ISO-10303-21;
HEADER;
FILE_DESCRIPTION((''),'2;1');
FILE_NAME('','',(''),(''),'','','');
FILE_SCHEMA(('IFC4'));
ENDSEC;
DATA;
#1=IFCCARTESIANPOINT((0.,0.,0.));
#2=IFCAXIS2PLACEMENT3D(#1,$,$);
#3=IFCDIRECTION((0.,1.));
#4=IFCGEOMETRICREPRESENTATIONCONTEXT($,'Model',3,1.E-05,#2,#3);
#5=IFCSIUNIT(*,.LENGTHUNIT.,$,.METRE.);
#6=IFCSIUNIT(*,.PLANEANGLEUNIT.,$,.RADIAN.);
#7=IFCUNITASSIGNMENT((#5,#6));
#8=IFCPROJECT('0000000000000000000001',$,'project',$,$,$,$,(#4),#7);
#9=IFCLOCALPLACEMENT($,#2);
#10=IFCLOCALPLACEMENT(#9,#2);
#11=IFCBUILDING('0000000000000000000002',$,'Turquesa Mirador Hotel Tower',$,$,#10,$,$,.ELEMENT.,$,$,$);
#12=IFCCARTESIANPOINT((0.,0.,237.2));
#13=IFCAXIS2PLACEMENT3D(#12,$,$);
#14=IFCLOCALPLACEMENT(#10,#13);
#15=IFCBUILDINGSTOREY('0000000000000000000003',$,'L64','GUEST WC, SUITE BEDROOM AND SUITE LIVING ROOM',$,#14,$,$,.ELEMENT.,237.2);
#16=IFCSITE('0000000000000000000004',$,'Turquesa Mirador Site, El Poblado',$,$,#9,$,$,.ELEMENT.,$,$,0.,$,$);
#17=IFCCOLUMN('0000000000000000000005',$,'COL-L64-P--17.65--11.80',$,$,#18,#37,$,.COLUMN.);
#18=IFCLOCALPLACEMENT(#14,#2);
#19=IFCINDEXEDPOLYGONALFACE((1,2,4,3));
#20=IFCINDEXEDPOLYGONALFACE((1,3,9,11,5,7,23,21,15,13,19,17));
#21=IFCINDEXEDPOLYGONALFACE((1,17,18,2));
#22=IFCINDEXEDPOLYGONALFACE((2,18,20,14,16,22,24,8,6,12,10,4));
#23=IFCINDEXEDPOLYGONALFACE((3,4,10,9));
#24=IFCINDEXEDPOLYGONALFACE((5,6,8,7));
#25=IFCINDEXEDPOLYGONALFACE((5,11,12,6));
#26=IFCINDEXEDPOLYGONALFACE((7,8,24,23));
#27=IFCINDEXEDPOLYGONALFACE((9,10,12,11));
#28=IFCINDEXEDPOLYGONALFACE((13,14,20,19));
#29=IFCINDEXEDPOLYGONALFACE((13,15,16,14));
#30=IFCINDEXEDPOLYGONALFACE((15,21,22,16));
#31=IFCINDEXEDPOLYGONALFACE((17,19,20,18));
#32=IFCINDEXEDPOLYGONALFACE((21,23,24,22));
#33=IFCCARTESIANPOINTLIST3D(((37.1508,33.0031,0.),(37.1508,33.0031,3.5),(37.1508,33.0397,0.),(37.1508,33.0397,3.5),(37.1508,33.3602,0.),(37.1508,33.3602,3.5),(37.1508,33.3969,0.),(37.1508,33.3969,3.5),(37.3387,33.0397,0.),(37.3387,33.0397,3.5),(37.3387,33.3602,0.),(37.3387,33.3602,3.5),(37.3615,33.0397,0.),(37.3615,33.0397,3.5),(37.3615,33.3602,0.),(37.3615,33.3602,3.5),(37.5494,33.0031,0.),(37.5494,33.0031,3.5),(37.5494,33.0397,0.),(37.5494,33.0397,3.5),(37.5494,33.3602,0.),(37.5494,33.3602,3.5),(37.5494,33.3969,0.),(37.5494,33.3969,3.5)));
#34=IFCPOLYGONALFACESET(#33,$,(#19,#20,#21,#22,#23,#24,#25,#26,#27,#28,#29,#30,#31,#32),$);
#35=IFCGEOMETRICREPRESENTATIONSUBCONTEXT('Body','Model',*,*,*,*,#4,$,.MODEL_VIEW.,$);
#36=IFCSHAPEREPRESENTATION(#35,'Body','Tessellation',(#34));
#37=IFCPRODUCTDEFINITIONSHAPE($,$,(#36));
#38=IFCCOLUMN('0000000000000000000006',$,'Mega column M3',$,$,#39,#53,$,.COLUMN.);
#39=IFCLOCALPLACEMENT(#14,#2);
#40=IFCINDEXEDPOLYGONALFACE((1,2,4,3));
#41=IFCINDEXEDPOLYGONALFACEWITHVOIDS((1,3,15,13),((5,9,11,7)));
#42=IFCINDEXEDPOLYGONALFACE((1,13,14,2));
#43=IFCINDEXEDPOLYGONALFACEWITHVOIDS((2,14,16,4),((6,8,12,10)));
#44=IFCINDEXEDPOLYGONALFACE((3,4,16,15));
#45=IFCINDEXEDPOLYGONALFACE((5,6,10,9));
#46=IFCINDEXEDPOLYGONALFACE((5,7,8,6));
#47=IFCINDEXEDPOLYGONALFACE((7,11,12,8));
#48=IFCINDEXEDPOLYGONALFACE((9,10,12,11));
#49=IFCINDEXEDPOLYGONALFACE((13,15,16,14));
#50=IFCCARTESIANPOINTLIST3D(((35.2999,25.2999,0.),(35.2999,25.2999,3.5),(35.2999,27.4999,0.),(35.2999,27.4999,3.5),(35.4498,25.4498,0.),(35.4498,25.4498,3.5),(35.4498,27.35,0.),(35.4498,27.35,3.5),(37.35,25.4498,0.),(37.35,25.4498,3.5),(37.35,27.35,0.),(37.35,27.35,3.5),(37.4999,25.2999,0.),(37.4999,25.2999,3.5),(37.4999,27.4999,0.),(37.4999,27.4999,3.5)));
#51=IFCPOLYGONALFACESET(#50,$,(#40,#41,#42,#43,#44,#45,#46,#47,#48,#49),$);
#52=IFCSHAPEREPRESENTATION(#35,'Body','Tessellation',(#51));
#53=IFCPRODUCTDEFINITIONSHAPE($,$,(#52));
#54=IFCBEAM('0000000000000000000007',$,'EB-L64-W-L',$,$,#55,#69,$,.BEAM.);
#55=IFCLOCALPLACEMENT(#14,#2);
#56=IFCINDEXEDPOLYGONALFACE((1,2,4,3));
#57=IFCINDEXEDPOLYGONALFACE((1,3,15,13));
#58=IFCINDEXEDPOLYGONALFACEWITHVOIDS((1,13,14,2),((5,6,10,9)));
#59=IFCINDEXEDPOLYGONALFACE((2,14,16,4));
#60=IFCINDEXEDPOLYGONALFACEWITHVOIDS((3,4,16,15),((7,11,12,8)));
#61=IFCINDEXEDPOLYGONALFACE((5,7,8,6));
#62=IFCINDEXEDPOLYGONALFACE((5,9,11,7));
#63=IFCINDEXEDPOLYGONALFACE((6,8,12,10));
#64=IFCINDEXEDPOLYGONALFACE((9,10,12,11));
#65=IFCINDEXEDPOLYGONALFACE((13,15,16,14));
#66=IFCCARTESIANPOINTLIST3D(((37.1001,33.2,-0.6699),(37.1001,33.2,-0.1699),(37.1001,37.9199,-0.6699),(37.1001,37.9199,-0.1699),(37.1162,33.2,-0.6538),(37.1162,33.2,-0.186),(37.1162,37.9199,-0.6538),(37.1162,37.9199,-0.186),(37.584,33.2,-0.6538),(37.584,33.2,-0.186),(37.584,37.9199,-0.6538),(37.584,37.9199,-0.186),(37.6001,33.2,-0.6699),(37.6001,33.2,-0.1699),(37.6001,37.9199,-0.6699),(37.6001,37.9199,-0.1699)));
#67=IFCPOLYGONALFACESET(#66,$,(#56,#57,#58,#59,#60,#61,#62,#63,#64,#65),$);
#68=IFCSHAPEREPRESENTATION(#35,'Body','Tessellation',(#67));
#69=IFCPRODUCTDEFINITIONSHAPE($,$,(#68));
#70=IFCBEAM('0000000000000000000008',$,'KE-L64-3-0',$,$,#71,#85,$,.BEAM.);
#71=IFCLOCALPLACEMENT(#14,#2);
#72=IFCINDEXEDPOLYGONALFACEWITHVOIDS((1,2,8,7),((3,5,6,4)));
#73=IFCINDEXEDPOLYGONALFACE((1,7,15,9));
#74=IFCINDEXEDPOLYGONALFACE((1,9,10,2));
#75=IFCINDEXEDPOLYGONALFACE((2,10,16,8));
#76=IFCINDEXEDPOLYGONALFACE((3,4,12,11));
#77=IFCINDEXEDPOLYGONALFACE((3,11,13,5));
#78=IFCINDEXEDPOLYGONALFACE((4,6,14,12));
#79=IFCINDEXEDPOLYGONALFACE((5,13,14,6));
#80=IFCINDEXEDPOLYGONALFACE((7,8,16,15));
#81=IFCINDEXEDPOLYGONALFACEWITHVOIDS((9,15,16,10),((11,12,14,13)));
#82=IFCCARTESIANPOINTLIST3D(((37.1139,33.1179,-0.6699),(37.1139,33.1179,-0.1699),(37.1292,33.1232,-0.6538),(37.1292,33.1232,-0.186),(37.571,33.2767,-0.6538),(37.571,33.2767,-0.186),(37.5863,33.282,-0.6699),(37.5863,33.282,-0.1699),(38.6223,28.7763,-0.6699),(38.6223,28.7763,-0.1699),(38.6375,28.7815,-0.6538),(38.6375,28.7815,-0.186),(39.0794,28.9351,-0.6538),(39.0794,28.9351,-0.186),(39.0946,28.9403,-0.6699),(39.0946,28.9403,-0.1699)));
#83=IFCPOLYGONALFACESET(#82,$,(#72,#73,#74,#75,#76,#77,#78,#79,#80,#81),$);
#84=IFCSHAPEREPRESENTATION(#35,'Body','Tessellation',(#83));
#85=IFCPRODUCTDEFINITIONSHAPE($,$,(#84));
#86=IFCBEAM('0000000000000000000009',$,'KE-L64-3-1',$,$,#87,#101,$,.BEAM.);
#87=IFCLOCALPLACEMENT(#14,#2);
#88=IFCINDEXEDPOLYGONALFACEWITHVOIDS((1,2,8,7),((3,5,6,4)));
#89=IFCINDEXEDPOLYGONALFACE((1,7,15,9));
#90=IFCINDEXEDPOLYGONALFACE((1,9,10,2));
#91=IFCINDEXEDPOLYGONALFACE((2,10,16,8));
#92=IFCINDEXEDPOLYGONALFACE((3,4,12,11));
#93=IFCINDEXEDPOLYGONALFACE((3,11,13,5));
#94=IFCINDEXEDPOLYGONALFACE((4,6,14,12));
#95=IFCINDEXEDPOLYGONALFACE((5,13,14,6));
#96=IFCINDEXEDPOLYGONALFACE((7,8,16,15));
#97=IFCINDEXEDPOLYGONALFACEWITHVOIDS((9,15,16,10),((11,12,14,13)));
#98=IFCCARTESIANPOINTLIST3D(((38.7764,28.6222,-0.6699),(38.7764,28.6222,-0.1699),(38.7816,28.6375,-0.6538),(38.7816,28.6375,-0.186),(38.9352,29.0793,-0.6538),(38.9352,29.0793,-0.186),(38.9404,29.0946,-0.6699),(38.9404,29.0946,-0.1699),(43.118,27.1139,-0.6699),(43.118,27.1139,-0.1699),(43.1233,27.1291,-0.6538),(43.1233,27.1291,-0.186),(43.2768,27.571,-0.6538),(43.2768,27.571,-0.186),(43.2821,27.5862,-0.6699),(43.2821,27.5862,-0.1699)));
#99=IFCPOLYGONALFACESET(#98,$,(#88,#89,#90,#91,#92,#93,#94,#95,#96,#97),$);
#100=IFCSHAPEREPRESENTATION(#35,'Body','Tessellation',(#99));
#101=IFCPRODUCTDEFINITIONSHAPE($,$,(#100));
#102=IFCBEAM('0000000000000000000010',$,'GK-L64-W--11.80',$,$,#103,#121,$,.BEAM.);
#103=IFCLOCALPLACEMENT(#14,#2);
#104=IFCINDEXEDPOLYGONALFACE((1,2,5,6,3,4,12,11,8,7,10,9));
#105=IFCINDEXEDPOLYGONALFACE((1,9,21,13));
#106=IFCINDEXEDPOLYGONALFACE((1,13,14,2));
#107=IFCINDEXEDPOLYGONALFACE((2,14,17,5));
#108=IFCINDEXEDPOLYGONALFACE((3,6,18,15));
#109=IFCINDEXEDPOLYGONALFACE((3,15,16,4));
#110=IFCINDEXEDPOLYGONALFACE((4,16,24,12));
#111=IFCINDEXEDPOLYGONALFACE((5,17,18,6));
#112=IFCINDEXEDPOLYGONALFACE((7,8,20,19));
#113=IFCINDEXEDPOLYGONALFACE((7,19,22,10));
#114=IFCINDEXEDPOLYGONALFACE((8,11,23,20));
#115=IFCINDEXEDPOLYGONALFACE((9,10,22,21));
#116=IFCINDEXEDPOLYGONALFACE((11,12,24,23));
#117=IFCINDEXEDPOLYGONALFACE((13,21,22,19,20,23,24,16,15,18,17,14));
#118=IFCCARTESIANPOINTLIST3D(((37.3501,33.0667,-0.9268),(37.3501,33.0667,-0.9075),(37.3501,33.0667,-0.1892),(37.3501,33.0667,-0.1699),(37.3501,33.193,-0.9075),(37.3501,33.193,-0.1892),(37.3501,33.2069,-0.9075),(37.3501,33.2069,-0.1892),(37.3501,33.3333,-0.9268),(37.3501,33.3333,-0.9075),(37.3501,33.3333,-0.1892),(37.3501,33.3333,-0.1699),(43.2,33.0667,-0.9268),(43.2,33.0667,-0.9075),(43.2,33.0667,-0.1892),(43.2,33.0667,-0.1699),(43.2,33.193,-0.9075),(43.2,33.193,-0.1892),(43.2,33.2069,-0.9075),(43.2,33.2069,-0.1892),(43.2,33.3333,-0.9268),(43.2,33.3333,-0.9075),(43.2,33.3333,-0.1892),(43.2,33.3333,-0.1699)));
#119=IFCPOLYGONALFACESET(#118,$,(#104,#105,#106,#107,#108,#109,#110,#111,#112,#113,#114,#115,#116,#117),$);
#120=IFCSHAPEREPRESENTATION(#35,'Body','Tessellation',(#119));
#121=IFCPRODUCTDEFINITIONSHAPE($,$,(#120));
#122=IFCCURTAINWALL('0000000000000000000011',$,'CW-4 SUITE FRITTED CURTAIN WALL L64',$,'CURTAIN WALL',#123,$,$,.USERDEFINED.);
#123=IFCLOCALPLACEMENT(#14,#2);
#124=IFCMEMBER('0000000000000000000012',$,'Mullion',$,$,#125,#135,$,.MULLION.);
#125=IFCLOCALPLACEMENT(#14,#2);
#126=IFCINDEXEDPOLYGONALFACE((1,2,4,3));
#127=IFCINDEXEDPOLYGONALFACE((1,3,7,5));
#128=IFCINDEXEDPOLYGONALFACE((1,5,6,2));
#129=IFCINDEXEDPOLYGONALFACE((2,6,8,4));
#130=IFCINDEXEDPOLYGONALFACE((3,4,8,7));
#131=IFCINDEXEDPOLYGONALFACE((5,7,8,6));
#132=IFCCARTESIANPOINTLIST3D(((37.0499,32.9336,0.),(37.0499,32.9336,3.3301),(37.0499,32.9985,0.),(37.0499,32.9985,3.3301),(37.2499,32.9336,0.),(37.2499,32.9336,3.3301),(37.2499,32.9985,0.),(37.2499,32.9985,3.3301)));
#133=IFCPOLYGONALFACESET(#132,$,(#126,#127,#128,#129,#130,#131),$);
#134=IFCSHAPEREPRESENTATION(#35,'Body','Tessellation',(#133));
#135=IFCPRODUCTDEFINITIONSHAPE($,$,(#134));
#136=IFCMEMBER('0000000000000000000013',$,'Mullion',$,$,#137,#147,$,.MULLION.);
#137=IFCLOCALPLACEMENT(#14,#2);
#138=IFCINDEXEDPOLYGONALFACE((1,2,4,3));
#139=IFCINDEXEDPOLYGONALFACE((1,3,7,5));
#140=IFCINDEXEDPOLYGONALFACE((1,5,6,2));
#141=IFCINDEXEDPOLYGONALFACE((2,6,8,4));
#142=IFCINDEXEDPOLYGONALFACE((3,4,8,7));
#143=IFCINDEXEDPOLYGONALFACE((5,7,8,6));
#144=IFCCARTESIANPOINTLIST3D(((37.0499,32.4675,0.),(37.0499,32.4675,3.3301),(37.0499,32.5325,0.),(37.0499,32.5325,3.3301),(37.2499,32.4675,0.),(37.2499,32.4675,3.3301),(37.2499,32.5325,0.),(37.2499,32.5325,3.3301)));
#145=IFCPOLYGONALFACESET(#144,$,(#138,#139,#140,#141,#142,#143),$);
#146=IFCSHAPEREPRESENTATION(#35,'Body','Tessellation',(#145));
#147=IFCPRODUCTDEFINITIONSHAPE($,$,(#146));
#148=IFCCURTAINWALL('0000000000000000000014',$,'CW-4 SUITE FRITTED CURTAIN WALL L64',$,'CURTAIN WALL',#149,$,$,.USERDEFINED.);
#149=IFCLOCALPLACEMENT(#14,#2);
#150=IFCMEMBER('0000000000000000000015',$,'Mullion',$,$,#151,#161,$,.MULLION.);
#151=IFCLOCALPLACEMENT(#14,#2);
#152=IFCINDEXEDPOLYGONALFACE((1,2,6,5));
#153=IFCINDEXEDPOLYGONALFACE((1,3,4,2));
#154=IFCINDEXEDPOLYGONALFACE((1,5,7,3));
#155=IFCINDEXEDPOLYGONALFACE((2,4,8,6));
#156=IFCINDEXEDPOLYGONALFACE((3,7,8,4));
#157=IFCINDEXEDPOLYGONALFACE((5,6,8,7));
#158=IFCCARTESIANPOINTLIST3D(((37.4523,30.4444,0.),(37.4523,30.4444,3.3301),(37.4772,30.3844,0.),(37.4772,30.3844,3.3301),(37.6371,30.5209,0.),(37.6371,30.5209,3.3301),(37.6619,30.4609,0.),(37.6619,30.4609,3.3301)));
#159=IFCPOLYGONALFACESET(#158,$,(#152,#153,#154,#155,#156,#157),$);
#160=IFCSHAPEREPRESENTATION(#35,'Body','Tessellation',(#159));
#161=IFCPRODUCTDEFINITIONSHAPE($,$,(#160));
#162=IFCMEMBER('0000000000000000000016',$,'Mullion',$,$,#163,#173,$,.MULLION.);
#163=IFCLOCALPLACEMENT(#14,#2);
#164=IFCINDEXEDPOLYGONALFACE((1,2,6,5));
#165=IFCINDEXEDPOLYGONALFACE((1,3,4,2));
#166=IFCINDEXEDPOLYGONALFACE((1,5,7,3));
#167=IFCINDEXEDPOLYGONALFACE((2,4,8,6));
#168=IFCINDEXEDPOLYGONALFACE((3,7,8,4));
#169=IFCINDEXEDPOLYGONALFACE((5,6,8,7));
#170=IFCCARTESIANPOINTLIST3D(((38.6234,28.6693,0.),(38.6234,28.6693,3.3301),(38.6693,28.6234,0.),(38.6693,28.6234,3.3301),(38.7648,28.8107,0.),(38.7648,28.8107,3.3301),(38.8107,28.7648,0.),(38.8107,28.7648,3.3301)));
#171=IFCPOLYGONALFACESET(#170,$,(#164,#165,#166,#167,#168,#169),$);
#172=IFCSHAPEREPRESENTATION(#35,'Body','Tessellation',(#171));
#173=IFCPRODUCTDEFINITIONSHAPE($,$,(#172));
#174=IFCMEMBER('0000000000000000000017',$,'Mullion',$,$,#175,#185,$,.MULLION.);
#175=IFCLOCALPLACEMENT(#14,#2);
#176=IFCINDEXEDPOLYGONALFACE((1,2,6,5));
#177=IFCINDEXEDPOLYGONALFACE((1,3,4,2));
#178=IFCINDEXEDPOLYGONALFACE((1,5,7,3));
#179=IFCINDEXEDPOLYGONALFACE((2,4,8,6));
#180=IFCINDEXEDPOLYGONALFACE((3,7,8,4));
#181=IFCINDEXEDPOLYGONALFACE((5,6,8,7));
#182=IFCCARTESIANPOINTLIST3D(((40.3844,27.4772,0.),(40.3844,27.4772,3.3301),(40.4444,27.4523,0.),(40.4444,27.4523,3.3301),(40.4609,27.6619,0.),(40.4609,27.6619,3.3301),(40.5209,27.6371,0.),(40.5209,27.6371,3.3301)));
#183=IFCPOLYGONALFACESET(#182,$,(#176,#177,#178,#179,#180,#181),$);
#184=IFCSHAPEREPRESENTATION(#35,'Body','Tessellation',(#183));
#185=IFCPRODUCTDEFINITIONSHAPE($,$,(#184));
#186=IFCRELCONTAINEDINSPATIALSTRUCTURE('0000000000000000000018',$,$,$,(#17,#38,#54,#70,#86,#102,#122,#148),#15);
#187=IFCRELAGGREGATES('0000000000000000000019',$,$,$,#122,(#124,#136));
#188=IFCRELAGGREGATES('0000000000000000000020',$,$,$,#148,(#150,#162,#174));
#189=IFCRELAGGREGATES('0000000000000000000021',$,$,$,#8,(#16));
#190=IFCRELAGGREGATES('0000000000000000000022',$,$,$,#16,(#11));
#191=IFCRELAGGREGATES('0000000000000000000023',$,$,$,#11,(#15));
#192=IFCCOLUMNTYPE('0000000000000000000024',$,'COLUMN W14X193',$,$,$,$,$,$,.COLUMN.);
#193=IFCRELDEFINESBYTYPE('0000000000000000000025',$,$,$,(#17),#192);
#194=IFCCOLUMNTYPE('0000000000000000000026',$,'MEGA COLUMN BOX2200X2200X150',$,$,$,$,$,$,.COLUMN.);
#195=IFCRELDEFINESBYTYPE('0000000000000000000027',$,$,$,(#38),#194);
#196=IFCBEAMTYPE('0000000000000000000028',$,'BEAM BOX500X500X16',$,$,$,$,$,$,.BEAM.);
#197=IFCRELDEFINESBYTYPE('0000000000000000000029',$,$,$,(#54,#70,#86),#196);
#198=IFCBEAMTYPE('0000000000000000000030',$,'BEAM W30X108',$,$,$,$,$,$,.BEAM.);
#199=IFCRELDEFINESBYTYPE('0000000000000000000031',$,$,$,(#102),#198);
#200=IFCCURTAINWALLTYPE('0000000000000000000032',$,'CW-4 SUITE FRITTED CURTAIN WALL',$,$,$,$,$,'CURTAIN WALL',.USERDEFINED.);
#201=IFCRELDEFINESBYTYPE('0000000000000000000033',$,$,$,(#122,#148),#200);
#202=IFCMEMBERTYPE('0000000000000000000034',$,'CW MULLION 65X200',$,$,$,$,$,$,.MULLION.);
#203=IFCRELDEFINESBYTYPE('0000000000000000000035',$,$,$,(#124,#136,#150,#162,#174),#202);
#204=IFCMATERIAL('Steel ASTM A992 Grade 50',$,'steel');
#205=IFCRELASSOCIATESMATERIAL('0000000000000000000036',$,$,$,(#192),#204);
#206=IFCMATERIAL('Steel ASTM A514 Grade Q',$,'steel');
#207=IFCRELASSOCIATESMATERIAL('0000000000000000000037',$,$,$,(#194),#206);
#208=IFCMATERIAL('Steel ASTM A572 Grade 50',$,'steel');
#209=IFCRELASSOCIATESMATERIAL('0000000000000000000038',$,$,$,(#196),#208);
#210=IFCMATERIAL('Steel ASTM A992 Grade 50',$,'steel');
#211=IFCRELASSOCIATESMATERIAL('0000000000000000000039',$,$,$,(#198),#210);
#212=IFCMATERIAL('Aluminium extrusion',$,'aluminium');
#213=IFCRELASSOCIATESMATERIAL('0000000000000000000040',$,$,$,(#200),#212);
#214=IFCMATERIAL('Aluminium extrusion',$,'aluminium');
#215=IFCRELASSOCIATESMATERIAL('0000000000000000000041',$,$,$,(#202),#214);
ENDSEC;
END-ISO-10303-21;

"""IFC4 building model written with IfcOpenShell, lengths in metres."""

from ifc_helpers import new_model, si_unit, direction, frame, origin, origin_2d, place, context, subcontext, project, spatial, rectangle, hollow_rectangle, i_section, extrude, material, material_profile, profile_set, type_object, element, aggregate, save


model = new_model("IFC4")

# Units and contexts
model_context = context("Model", 3, precision=1e-05, world=origin(), true_north=direction((0.0, 1.0)))
body_context = subcontext(model_context, "Body", "Model", "MODEL_VIEW")
ifc_project = project(units=[si_unit("LENGTHUNIT", "METRE"), si_unit("PLANEANGLEUNIT", "RADIAN")], contexts=[model_context])

# Site, building, storey
site_placement = place(None, origin())
site = spatial("IfcSite", under=ifc_project, at=site_placement, Name="Turquesa Mirador Site, El Poblado", CompositionType="ELEMENT", RefElevation=0.0)
building_placement = place(site_placement, origin())
building = spatial("IfcBuilding", under=site, at=building_placement, Name="Turquesa Mirador Hotel Tower", CompositionType="ELEMENT")
storey_placement = place(building_placement, frame((0.0, 0.0, 237.2)))
storey = spatial("IfcBuildingStorey", under=building, at=storey_placement, Name="L64", Description="GUEST WC, SUITE BEDROOM AND SUITE LIVING ROOM", CompositionType="ELEMENT", Elevation=237.2)

# Columns
ifc_material_1 = material(Name="Steel ASTM A992 Grade 50", Category="steel")
ifc_material_profile_1 = material_profile(ifc_material_1, i_section(OverallWidth=0.3987, OverallDepth=0.3938, WebThickness=0.0227, FlangeThickness=0.0366, at=origin_2d()), Name="W14X193")
ifc_profile_set_1 = profile_set([ifc_material_profile_1], Name="Steel ASTM A992 Grade 50")
column_type_1 = type_object("IfcColumnType", Name="COLUMN W14X193", PredefinedType="COLUMN", material=ifc_profile_set_1)
column_1_placement = place(storey_placement, frame((37.3501, 33.2, 0.0), z_axis=(0.0, 0.0, 1.0), x_axis=(1.0, 0.0, 0.0)))
element("IfcColumn", 1, at=column_1_placement, inside=storey, type_object=column_type_1, Name="COL-L64-P--17.65--11.80", PredefinedType="COLUMN", context=body_context, shape_type="SweptSolid", body=[
    extrude(i_section(OverallWidth=0.3987, OverallDepth=0.3938, WebThickness=0.0227, FlangeThickness=0.0366, at=origin_2d()), origin(), (0.0, 0.0, 1.0), 3.5),
])
ifc_material_2 = material(Name="Steel ASTM A514 Grade Q", Category="steel")
ifc_material_profile_2 = material_profile(ifc_material_2, hollow_rectangle(XDim=2.2, YDim=2.2, WallThickness=0.1499, at=origin_2d()), Name="BOX2200X2200X150")
ifc_profile_set_2 = profile_set([ifc_material_profile_2], Name="Steel ASTM A514 Grade Q")
column_type_2 = type_object("IfcColumnType", Name="MEGA COLUMN BOX2200X2200X150", PredefinedType="COLUMN", material=ifc_profile_set_2)
column_2_placement = place(storey_placement, frame((36.3999, 26.3999, 0.0), z_axis=(0.0, 0.0, 1.0), x_axis=(1.0, 0.0, 0.0)))
element("IfcColumn", 2, at=column_2_placement, inside=storey, type_object=column_type_2, Name="Mega column M3", PredefinedType="COLUMN", context=body_context, shape_type="SweptSolid", body=[
    extrude(hollow_rectangle(XDim=2.2, YDim=2.2, WallThickness=0.1499, at=origin_2d()), origin(), (0.0, 0.0, 1.0), 3.5),
])

# Beams
ifc_material_3 = material(Name="Steel ASTM A572 Grade 50", Category="steel")
ifc_material_profile_3 = material_profile(ifc_material_3, hollow_rectangle(XDim=0.5, YDim=0.5, WallThickness=0.0161, at=origin_2d()), Name="BOX500X500X16")
ifc_profile_set_3 = profile_set([ifc_material_profile_3], Name="Steel ASTM A572 Grade 50")
beam_type_1 = type_object("IfcBeamType", Name="BEAM BOX500X500X16", PredefinedType="BEAM", material=ifc_profile_set_3)
beam_1_placement = place(storey_placement, frame((37.3501, 33.2, -0.4199), z_axis=(0.0, 1.0, 0.0), x_axis=(-1.0, 0.0, 0.0)))
element("IfcBeam", 3, at=beam_1_placement, inside=storey, type_object=beam_type_1, Name="EB-L64-W-L", PredefinedType="BEAM", context=body_context, shape_type="SweptSolid", body=[
    extrude(hollow_rectangle(XDim=0.5, YDim=0.5, WallThickness=0.0161, at=origin_2d()), origin(), (0.0, 0.0, 1.0), 4.72),
])
for number, where, z_axis, x_axis, name in (
    (4, (37.3501, 33.2, -0.4199), (0.32817, -0.944619, 0.0), (0.944619, 0.32817, 0.0), "KE-L64-3-0"),
    (5, (38.8584, 28.8584, -0.4199), (0.944619, -0.32817, 0.0), (0.32817, 0.944619, 0.0), "KE-L64-3-1"),
):
    element("IfcBeam", number, at=place(storey_placement, frame(where, z_axis=z_axis, x_axis=x_axis)), inside=storey, type_object=beam_type_1, Name=name, PredefinedType="BEAM", context=body_context, shape_type="SweptSolid", body=[
        extrude(hollow_rectangle(XDim=0.5, YDim=0.5, WallThickness=0.0161, at=origin_2d()), origin(), (0.0, 0.0, 1.0), 4.5962),
    ])
ifc_material_4 = material(Name="Steel ASTM A992 Grade 50", Category="steel")
ifc_material_profile_4 = material_profile(ifc_material_4, i_section(OverallWidth=0.2666, OverallDepth=0.7568, WebThickness=0.0139, FlangeThickness=0.0193, at=origin_2d()), Name="W30X108")
ifc_profile_set_4 = profile_set([ifc_material_profile_4], Name="Steel ASTM A992 Grade 50")
beam_type_2 = type_object("IfcBeamType", Name="BEAM W30X108", PredefinedType="BEAM", material=ifc_profile_set_4)
beam_2_placement = place(storey_placement, frame((37.3501, 33.2, -0.5483), z_axis=(1.0, 0.0, 0.0), x_axis=(0.0, 1.0, 0.0)))
element("IfcBeam", 6, at=beam_2_placement, inside=storey, type_object=beam_type_2, Name="GK-L64-W--11.80", PredefinedType="BEAM", context=body_context, shape_type="SweptSolid", body=[
    extrude(i_section(OverallWidth=0.2666, OverallDepth=0.7568, WebThickness=0.0139, FlangeThickness=0.0193, at=origin_2d()), origin(), (0.0, 0.0, 1.0), 5.8499),
])

# Curtain walls, members
ifc_material_5 = material(Name="Aluminium extrusion", Category="aluminium")
curtain_wall_type = type_object("IfcCurtainWallType", Name="CW-4 SUITE FRITTED CURTAIN WALL", ElementType="CURTAIN WALL", PredefinedType="USERDEFINED", material=ifc_material_5)
curtain_wall_1_placement = place(storey_placement, origin())
curtain_wall_1 = element("IfcCurtainWall", 7, at=curtain_wall_1_placement, inside=storey, type_object=curtain_wall_type, Name="CW-4 SUITE FRITTED CURTAIN WALL L64", ObjectType="CURTAIN WALL", PredefinedType="USERDEFINED")
ifc_material_6 = material(Name="Aluminium extrusion", Category="aluminium")
ifc_material_profile_5 = material_profile(ifc_material_6, rectangle(XDim=0.0649, YDim=0.2, at=origin_2d()), Name="MULLION 65X200")
ifc_profile_set_5 = profile_set([ifc_material_profile_5], Name="Aluminium extrusion")
member_type_1 = type_object("IfcMemberType", Name="CW MULLION 65X200", PredefinedType="MULLION", material=ifc_profile_set_5)
member_1_placement = place(storey_placement, frame((37.1499, 32.9661, 0.0), z_axis=(0.0, 0.0, 1.0), x_axis=(0.0, -1.0, 0.0)))
member_1 = element("IfcMember", 8, at=member_1_placement, type_object=member_type_1, Name="Mullion", PredefinedType="MULLION", context=body_context, shape_type="SweptSolid", body=[
    extrude(rectangle(XDim=0.0649, YDim=0.2, at=origin_2d()), origin(), (0.0, 0.0, 1.0), 3.3301),
])
member_2_placement = place(storey_placement, frame((37.1499, 32.5, 0.0), z_axis=(0.0, 0.0, 1.0), x_axis=(0.0, -1.0, 0.0)))
member_2 = element("IfcMember", 9, at=member_2_placement, type_object=member_type_1, Name="Mullion", PredefinedType="MULLION", context=body_context, shape_type="SweptSolid", body=[
    extrude(rectangle(XDim=0.0649, YDim=0.2, at=origin_2d()), origin(), (0.0, 0.0, 1.0), 3.3301),
])
curtain_wall_2_placement = place(storey_placement, origin())
curtain_wall_2 = element("IfcCurtainWall", 10, at=curtain_wall_2_placement, inside=storey, type_object=curtain_wall_type, Name="CW-4 SUITE FRITTED CURTAIN WALL L64", ObjectType="CURTAIN WALL", PredefinedType="USERDEFINED")
member_3_placement = place(storey_placement, frame((37.5571, 30.4526, 0.0), z_axis=(0.0, 0.0, 1.0), x_axis=(0.382683, -0.92388, 0.0)))
member_3 = element("IfcMember", 11, at=member_3_placement, type_object=member_type_1, Name="Mullion", PredefinedType="MULLION", context=body_context, shape_type="SweptSolid", body=[
    extrude(rectangle(XDim=0.0649, YDim=0.2, at=origin_2d()), origin(), (0.0, 0.0, 1.0), 3.3301),
])
member_4_placement = place(storey_placement, frame((38.717, 28.717, 0.0), z_axis=(0.0, 0.0, 1.0), x_axis=(0.707107, -0.707107, 0.0)))
member_4 = element("IfcMember", 12, at=member_4_placement, type_object=member_type_1, Name="Mullion", PredefinedType="MULLION", context=body_context, shape_type="SweptSolid", body=[
    extrude(rectangle(XDim=0.0649, YDim=0.2, at=origin_2d()), origin(), (0.0, 0.0, 1.0), 3.3301),
])
member_5_placement = place(storey_placement, frame((40.4526, 27.5571, 0.0), z_axis=(0.0, 0.0, 1.0), x_axis=(0.92388, -0.382683, 0.0)))
member_5 = element("IfcMember", 13, at=member_5_placement, type_object=member_type_1, Name="Mullion", PredefinedType="MULLION", context=body_context, shape_type="SweptSolid", body=[
    extrude(rectangle(XDim=0.0649, YDim=0.2, at=origin_2d()), origin(), (0.0, 0.0, 1.0), 3.3301),
])

aggregate(curtain_wall_1, [member_1, member_2])
aggregate(curtain_wall_2, [member_3, member_4, member_5])

save(model, "model.ifc")
